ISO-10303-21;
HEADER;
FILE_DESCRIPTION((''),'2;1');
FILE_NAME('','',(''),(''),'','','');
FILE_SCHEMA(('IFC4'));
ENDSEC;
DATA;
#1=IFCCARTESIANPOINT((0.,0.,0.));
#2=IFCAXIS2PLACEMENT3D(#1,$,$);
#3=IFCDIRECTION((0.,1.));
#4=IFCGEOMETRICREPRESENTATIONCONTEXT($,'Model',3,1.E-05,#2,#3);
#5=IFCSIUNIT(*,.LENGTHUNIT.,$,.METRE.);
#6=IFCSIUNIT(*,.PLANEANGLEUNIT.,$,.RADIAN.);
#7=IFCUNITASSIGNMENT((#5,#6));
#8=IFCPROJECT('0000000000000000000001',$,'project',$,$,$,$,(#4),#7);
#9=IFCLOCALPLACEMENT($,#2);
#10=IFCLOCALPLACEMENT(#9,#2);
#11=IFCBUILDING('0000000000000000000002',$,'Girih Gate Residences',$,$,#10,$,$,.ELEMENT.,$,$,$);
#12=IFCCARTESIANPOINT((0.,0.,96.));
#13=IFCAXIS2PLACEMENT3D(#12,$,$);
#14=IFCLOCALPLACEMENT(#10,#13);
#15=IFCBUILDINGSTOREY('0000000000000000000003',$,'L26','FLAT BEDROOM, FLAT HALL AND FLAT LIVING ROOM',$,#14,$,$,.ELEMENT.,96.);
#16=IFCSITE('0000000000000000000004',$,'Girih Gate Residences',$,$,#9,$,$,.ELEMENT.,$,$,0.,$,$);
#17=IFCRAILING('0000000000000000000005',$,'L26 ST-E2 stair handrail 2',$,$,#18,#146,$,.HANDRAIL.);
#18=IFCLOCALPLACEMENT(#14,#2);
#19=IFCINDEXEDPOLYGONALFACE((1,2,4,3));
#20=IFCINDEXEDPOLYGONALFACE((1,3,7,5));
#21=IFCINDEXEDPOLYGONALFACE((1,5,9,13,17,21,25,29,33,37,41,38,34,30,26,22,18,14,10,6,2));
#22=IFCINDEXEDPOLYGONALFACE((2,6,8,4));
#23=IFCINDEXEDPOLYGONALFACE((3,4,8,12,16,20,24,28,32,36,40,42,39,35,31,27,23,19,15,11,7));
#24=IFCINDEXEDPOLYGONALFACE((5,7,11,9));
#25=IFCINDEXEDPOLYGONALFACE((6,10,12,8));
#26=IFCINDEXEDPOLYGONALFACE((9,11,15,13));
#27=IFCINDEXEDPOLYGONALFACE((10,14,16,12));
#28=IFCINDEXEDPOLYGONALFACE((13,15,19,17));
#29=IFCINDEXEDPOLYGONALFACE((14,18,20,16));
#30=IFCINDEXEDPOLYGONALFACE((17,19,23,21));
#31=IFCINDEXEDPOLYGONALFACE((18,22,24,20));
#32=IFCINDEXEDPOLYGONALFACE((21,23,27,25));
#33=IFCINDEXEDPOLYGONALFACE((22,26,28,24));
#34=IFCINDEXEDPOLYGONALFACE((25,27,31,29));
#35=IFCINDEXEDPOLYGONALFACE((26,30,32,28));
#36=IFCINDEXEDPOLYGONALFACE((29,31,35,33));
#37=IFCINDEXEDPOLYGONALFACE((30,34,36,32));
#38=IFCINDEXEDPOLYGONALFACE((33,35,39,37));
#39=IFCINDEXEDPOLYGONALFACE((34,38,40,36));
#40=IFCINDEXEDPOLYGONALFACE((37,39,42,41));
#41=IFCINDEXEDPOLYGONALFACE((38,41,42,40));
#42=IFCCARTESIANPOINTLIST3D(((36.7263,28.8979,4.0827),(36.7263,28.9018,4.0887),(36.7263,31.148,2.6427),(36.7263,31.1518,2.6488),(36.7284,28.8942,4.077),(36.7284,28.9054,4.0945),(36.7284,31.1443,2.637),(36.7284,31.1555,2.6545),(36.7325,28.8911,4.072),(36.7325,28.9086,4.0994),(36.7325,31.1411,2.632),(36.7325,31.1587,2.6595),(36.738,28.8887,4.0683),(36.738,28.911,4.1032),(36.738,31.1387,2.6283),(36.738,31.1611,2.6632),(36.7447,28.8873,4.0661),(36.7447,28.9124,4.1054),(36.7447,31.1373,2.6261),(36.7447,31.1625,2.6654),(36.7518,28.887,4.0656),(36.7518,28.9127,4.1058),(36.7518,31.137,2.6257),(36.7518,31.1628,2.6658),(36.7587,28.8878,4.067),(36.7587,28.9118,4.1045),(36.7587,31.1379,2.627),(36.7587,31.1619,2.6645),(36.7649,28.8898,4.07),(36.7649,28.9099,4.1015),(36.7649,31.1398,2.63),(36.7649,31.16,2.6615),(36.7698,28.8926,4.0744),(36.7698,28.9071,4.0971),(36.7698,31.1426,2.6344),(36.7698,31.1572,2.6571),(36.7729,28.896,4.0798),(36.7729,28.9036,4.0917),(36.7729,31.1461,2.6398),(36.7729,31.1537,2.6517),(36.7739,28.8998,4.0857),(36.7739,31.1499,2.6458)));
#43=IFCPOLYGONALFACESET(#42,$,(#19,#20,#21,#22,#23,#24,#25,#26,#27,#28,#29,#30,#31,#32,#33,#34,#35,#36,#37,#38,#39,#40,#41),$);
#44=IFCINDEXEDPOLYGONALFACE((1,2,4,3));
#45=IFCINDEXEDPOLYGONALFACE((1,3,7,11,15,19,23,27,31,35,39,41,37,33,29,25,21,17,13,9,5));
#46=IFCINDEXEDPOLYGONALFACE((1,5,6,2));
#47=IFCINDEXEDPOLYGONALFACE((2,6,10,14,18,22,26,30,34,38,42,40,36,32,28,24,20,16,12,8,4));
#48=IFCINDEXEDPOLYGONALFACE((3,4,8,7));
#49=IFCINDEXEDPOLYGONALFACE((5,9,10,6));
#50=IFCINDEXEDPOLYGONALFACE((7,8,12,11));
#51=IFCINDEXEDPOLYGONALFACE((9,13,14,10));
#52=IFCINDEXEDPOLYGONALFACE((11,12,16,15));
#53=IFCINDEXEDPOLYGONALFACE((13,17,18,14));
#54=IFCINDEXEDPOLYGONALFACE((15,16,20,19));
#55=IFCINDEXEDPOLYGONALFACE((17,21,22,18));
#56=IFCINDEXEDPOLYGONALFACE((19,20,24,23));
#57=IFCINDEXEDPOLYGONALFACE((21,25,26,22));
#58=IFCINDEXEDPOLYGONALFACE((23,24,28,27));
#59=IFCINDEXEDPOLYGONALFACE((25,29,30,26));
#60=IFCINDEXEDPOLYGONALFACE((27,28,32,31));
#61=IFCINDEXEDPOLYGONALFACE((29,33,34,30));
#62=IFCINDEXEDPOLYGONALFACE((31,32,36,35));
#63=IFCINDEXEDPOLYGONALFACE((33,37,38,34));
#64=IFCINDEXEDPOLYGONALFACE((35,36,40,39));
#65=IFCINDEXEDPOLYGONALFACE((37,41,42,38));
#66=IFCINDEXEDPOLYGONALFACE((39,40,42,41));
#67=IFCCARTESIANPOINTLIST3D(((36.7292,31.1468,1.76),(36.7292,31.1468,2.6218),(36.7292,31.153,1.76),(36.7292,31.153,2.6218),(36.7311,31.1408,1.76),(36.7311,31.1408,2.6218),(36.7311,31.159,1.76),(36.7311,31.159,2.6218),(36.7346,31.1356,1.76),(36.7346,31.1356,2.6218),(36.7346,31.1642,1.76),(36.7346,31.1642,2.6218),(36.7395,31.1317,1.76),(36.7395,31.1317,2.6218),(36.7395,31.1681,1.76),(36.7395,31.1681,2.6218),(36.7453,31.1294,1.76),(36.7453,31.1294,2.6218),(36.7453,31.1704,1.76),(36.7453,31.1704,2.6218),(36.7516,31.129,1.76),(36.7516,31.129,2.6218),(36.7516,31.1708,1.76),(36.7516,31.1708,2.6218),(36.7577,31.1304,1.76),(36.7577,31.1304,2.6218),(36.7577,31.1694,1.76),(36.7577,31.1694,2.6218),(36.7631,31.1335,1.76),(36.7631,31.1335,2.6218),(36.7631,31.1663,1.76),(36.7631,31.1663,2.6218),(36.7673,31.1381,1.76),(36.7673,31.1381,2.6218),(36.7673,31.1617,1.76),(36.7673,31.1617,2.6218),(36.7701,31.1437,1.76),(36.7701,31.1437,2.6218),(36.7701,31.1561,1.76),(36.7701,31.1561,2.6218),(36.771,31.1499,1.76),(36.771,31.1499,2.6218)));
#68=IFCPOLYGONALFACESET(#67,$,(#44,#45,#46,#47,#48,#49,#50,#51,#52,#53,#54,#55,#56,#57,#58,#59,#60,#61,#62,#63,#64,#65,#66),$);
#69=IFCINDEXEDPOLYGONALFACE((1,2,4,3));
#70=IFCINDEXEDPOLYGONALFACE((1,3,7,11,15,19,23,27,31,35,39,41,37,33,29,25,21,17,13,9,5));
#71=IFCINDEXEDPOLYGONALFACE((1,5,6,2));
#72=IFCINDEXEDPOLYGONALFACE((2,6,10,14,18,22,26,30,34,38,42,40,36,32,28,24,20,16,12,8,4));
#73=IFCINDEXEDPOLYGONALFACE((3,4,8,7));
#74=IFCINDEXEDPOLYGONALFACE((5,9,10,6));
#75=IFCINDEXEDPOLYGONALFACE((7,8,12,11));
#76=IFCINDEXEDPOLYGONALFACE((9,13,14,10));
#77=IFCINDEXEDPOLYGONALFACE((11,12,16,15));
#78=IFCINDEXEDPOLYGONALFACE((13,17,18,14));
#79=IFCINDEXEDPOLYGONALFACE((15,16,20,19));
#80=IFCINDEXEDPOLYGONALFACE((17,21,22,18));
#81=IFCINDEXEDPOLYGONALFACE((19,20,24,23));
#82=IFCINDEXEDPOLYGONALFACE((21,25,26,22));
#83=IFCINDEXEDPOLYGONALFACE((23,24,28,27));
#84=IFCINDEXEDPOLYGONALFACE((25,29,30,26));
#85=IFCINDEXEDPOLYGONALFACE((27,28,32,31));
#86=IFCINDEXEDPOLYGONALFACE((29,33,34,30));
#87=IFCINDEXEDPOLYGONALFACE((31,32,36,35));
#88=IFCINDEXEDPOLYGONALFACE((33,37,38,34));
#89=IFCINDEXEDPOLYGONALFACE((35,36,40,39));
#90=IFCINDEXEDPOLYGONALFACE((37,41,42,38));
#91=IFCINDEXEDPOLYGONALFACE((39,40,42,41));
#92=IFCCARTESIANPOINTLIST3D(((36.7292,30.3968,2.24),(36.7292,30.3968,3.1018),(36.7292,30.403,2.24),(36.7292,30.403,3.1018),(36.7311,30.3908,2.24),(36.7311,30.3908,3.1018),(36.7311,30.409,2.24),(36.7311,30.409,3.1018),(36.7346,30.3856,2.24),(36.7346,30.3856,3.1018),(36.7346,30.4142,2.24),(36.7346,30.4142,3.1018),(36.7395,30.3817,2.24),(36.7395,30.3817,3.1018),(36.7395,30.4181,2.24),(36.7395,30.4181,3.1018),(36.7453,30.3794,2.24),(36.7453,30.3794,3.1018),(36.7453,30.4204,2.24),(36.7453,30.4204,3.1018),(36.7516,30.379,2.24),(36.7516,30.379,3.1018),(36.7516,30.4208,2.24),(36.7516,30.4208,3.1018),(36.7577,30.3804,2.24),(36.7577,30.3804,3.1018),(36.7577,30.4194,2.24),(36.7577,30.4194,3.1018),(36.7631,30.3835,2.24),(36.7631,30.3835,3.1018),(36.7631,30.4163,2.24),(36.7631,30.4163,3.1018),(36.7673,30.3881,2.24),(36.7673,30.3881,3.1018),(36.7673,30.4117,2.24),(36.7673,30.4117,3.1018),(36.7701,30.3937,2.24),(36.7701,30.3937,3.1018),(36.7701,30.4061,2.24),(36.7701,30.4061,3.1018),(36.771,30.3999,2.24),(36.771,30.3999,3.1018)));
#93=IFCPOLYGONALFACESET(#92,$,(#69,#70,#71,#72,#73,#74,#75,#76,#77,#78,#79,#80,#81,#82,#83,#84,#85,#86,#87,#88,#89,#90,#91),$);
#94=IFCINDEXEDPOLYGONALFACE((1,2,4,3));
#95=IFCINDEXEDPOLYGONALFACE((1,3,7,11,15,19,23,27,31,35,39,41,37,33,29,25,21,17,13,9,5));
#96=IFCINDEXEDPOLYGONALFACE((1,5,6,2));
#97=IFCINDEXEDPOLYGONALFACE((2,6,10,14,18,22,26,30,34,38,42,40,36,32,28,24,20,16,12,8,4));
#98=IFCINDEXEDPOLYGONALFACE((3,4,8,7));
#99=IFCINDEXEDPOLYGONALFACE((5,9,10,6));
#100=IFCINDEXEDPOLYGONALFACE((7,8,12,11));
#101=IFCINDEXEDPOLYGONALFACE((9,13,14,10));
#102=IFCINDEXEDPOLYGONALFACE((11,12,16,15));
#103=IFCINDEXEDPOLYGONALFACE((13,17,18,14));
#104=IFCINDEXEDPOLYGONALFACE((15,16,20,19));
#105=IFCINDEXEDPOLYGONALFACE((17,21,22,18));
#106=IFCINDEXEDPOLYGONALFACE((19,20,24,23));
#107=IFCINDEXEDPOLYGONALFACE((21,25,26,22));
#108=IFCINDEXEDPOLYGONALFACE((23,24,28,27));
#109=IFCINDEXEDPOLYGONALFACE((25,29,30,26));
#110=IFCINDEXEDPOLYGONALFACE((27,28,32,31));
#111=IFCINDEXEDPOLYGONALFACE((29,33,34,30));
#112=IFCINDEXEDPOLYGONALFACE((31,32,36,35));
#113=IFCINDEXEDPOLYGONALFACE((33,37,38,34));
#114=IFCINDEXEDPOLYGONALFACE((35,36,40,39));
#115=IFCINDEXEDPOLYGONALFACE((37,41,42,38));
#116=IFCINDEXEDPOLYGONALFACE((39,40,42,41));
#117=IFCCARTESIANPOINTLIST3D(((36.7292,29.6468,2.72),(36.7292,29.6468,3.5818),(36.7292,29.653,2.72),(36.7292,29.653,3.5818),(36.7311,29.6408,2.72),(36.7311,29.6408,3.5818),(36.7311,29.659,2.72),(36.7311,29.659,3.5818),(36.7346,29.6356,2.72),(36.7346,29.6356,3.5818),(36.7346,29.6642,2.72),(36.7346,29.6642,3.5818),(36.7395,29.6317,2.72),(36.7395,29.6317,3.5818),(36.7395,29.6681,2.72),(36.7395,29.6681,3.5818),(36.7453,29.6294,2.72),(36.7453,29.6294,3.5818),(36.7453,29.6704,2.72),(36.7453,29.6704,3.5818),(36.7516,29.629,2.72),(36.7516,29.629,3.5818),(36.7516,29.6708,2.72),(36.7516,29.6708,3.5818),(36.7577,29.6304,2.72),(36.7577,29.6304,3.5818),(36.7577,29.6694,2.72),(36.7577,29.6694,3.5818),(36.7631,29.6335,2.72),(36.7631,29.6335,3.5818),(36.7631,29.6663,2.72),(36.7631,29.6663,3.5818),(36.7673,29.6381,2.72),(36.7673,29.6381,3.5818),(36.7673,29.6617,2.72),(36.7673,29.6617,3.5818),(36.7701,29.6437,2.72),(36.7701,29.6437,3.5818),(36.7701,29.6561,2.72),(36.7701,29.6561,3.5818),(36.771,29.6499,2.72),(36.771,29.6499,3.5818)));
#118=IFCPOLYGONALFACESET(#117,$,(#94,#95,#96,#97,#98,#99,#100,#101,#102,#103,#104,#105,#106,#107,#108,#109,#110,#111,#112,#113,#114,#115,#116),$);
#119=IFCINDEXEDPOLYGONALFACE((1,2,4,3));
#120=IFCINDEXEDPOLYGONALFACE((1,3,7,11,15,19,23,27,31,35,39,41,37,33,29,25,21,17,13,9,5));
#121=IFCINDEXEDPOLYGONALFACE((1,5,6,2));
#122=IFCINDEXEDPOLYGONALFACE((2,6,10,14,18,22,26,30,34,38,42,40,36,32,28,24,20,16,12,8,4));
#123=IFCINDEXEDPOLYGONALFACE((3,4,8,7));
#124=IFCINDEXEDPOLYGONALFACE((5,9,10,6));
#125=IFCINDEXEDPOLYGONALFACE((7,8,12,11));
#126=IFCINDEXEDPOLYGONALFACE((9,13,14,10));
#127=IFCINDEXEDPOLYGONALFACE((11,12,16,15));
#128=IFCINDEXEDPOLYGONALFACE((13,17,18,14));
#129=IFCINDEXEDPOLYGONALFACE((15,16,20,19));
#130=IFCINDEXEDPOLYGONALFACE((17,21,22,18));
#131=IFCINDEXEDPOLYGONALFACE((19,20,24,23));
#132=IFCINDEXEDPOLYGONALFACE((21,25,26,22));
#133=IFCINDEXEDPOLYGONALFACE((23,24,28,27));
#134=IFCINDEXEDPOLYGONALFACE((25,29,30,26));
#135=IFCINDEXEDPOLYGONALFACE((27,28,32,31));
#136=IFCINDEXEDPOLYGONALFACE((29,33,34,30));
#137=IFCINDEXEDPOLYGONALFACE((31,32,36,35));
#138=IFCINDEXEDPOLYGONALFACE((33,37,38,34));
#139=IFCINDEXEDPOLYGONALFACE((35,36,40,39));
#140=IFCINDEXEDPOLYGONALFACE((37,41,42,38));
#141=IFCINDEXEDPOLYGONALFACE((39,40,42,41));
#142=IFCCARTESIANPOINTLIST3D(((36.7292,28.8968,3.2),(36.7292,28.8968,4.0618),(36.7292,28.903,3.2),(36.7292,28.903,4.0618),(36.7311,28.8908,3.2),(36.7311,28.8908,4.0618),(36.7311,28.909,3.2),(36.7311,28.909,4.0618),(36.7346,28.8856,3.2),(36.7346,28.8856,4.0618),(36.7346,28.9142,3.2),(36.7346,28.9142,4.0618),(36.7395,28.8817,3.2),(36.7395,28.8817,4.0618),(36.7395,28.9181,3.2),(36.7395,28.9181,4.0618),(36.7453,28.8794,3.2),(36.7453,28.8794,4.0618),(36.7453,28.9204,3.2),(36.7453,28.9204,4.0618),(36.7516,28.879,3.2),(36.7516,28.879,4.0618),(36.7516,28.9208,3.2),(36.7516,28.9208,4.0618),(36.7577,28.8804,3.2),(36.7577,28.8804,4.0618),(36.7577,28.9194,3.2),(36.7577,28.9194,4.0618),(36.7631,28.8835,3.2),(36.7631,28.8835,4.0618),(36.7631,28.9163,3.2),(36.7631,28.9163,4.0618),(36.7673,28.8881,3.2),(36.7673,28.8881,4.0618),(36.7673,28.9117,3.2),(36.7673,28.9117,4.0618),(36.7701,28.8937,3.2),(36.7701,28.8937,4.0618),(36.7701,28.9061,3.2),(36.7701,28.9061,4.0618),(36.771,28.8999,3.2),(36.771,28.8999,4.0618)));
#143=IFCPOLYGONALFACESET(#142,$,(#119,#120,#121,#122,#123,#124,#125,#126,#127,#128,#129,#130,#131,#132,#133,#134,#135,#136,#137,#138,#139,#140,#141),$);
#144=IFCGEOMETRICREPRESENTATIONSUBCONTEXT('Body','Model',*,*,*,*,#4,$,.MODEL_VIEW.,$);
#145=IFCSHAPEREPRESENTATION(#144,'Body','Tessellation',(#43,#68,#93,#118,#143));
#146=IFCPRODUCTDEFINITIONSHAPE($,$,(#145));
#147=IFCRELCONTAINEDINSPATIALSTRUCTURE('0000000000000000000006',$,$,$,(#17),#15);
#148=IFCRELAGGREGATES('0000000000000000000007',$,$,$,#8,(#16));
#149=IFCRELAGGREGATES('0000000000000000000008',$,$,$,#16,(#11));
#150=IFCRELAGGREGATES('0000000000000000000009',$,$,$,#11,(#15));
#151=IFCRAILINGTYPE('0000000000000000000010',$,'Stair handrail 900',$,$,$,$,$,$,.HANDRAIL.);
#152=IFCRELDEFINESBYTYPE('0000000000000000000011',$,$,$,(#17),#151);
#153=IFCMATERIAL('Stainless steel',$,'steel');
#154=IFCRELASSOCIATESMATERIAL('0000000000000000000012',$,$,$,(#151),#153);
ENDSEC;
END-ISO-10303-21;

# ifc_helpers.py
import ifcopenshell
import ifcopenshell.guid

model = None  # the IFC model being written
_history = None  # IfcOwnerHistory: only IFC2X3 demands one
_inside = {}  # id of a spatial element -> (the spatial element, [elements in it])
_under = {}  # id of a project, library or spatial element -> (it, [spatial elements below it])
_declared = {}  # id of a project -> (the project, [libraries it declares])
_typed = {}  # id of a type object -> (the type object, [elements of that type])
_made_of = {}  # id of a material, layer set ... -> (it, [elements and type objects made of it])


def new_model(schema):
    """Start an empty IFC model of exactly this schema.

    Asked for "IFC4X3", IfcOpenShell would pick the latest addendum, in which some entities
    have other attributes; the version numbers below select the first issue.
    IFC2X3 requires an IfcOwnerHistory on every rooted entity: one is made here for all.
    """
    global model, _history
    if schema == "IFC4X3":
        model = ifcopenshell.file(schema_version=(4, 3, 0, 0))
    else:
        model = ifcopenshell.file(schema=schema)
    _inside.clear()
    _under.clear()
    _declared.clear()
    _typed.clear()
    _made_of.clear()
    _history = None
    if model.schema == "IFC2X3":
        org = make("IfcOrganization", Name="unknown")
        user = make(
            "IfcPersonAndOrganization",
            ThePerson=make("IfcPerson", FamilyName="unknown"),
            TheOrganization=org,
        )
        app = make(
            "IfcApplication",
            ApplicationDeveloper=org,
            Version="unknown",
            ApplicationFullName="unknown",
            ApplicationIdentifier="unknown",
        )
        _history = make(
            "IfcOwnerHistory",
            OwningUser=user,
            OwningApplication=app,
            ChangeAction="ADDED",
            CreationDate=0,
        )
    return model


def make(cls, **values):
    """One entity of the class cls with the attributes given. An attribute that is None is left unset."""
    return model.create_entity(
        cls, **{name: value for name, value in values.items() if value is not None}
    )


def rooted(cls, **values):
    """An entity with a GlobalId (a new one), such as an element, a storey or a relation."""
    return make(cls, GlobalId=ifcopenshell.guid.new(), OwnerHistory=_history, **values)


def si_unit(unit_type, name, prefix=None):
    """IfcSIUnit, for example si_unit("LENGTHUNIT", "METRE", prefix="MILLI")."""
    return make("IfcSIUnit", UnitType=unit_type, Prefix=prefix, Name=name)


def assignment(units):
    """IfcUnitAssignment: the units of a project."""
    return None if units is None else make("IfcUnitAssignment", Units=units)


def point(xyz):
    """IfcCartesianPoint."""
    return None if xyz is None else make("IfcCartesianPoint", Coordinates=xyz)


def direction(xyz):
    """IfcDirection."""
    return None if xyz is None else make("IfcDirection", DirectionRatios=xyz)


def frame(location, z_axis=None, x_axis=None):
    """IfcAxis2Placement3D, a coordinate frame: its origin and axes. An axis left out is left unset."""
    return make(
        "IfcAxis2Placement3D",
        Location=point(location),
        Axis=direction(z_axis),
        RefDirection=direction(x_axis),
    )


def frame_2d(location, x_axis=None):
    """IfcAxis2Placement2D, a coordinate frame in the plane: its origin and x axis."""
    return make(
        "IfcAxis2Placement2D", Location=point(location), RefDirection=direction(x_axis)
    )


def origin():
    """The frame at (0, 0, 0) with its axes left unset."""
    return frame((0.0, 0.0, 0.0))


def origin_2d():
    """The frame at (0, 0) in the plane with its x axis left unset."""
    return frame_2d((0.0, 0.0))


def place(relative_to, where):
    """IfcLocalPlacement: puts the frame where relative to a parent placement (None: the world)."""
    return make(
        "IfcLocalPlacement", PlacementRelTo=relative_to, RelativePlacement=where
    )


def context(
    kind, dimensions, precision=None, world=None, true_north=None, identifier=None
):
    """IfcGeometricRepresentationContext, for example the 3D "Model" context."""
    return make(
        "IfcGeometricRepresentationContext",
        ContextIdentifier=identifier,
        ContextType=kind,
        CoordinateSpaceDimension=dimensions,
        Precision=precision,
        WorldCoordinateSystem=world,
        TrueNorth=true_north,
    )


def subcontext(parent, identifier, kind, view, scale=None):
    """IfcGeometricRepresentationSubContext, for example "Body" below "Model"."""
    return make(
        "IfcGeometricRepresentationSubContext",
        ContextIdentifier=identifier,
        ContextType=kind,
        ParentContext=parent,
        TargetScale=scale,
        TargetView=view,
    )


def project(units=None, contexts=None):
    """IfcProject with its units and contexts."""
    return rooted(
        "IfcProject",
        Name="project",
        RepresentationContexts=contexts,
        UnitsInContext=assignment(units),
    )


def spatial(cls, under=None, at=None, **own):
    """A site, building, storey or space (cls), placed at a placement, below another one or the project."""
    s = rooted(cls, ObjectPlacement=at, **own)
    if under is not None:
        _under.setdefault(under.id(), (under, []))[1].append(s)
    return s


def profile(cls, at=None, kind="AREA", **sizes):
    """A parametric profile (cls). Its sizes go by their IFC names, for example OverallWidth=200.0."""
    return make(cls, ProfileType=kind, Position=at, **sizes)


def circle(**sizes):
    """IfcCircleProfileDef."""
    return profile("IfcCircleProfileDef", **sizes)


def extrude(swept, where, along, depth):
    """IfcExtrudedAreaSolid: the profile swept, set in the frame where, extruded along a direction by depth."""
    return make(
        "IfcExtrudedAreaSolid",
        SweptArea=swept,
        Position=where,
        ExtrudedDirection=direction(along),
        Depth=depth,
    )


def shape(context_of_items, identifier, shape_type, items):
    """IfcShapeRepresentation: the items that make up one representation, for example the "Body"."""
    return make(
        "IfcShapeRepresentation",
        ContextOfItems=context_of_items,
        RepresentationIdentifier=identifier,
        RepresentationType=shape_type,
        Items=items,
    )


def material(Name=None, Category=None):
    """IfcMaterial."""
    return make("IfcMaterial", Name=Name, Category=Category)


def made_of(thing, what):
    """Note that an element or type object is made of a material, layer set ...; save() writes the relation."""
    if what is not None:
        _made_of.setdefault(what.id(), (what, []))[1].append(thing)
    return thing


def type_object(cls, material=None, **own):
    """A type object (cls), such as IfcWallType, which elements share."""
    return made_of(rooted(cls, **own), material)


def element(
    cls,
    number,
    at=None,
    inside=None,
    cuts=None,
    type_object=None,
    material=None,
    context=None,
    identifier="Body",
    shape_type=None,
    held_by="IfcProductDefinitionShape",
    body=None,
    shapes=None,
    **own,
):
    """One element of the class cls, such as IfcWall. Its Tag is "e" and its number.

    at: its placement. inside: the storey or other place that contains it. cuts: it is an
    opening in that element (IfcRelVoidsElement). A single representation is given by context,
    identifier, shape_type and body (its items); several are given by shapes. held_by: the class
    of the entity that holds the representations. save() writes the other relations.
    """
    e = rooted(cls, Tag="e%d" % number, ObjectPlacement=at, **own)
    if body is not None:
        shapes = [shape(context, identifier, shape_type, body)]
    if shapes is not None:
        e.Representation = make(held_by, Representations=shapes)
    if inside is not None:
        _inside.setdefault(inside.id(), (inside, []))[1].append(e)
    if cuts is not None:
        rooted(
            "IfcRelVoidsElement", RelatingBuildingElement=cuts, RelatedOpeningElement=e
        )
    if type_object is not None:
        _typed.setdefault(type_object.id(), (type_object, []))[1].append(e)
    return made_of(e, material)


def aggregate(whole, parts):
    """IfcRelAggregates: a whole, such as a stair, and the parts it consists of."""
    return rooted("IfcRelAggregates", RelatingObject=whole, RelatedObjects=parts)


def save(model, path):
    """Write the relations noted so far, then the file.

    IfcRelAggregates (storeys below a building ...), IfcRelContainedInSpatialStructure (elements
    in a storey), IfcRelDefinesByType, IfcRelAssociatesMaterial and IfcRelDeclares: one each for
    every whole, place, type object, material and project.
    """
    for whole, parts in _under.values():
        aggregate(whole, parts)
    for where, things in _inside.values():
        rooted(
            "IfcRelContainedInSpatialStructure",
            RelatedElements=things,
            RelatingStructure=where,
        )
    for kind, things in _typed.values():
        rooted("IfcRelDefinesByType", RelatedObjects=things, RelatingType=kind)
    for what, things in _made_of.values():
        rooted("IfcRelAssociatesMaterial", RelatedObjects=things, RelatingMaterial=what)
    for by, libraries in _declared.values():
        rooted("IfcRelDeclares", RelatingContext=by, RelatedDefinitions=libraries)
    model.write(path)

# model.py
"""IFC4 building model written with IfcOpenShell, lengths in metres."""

from ifc_helpers import new_model, si_unit, direction, frame, origin, origin_2d, place, context, subcontext, project, spatial, circle, extrude, material, type_object, element, save


model = new_model("IFC4")

# Units and contexts
model_context = context("Model", 3, precision=1e-05, world=origin(), true_north=direction((0.0, 1.0)))
body_context = subcontext(model_context, "Body", "Model", "MODEL_VIEW")
ifc_project = project(units=[si_unit("LENGTHUNIT", "METRE"), si_unit("PLANEANGLEUNIT", "RADIAN")], contexts=[model_context])

# Site, building, storey
site_placement = place(None, origin())
site = spatial("IfcSite", under=ifc_project, at=site_placement, Name="Girih Gate Residences", CompositionType="ELEMENT", RefElevation=0.0)
building_placement = place(site_placement, origin())
building = spatial("IfcBuilding", under=site, at=building_placement, Name="Girih Gate Residences", CompositionType="ELEMENT")
storey_placement = place(building_placement, frame((0.0, 0.0, 96.0)))
storey = spatial("IfcBuildingStorey", under=building, at=storey_placement, Name="L26", Description="FLAT BEDROOM, FLAT HALL AND FLAT LIVING ROOM", CompositionType="ELEMENT", Elevation=96.0)

# Shared definitions
ifc_material_1 = material(Name="Stainless steel", Category="steel")

# Railing
railing_type_1 = type_object("IfcRailingType", Name="Stair handrail 900", PredefinedType="HANDRAIL", material=ifc_material_1)
railing_1_placement = place(storey_placement, frame((36.75, 31.1499, 1.76)))
element("IfcRailing", 1, at=railing_1_placement, inside=storey, type_object=railing_type_1, Name="L26 ST-E2 stair handrail 2", PredefinedType="HANDRAIL", context=body_context, shape_type="SweptSolid", body=[
    extrude(circle(Radius=0.0239, at=origin_2d()), frame((0.0, 0.0, 0.8857), z_axis=(0.0, -0.842281, 0.539038), x_axis=(1.0, 0.0, 0.0)), (0.0, 0.0, 1.0), 2.6714),
    extrude(circle(Radius=0.021, at=origin_2d()), origin(), (0.0, 0.0, 1.0), 0.8618),
    extrude(circle(Radius=0.021, at=origin_2d()), frame((0.0, -0.75, 0.48)), (0.0, 0.0, 1.0), 0.8618),
    extrude(circle(Radius=0.021, at=origin_2d()), frame((0.0, -1.5, 0.96)), (0.0, 0.0, 1.0), 0.8618),
    extrude(circle(Radius=0.021, at=origin_2d()), frame((0.0, -2.25, 1.4399)), (0.0, 0.0, 1.0), 0.8618),
])

save(model, "model.ifc")
